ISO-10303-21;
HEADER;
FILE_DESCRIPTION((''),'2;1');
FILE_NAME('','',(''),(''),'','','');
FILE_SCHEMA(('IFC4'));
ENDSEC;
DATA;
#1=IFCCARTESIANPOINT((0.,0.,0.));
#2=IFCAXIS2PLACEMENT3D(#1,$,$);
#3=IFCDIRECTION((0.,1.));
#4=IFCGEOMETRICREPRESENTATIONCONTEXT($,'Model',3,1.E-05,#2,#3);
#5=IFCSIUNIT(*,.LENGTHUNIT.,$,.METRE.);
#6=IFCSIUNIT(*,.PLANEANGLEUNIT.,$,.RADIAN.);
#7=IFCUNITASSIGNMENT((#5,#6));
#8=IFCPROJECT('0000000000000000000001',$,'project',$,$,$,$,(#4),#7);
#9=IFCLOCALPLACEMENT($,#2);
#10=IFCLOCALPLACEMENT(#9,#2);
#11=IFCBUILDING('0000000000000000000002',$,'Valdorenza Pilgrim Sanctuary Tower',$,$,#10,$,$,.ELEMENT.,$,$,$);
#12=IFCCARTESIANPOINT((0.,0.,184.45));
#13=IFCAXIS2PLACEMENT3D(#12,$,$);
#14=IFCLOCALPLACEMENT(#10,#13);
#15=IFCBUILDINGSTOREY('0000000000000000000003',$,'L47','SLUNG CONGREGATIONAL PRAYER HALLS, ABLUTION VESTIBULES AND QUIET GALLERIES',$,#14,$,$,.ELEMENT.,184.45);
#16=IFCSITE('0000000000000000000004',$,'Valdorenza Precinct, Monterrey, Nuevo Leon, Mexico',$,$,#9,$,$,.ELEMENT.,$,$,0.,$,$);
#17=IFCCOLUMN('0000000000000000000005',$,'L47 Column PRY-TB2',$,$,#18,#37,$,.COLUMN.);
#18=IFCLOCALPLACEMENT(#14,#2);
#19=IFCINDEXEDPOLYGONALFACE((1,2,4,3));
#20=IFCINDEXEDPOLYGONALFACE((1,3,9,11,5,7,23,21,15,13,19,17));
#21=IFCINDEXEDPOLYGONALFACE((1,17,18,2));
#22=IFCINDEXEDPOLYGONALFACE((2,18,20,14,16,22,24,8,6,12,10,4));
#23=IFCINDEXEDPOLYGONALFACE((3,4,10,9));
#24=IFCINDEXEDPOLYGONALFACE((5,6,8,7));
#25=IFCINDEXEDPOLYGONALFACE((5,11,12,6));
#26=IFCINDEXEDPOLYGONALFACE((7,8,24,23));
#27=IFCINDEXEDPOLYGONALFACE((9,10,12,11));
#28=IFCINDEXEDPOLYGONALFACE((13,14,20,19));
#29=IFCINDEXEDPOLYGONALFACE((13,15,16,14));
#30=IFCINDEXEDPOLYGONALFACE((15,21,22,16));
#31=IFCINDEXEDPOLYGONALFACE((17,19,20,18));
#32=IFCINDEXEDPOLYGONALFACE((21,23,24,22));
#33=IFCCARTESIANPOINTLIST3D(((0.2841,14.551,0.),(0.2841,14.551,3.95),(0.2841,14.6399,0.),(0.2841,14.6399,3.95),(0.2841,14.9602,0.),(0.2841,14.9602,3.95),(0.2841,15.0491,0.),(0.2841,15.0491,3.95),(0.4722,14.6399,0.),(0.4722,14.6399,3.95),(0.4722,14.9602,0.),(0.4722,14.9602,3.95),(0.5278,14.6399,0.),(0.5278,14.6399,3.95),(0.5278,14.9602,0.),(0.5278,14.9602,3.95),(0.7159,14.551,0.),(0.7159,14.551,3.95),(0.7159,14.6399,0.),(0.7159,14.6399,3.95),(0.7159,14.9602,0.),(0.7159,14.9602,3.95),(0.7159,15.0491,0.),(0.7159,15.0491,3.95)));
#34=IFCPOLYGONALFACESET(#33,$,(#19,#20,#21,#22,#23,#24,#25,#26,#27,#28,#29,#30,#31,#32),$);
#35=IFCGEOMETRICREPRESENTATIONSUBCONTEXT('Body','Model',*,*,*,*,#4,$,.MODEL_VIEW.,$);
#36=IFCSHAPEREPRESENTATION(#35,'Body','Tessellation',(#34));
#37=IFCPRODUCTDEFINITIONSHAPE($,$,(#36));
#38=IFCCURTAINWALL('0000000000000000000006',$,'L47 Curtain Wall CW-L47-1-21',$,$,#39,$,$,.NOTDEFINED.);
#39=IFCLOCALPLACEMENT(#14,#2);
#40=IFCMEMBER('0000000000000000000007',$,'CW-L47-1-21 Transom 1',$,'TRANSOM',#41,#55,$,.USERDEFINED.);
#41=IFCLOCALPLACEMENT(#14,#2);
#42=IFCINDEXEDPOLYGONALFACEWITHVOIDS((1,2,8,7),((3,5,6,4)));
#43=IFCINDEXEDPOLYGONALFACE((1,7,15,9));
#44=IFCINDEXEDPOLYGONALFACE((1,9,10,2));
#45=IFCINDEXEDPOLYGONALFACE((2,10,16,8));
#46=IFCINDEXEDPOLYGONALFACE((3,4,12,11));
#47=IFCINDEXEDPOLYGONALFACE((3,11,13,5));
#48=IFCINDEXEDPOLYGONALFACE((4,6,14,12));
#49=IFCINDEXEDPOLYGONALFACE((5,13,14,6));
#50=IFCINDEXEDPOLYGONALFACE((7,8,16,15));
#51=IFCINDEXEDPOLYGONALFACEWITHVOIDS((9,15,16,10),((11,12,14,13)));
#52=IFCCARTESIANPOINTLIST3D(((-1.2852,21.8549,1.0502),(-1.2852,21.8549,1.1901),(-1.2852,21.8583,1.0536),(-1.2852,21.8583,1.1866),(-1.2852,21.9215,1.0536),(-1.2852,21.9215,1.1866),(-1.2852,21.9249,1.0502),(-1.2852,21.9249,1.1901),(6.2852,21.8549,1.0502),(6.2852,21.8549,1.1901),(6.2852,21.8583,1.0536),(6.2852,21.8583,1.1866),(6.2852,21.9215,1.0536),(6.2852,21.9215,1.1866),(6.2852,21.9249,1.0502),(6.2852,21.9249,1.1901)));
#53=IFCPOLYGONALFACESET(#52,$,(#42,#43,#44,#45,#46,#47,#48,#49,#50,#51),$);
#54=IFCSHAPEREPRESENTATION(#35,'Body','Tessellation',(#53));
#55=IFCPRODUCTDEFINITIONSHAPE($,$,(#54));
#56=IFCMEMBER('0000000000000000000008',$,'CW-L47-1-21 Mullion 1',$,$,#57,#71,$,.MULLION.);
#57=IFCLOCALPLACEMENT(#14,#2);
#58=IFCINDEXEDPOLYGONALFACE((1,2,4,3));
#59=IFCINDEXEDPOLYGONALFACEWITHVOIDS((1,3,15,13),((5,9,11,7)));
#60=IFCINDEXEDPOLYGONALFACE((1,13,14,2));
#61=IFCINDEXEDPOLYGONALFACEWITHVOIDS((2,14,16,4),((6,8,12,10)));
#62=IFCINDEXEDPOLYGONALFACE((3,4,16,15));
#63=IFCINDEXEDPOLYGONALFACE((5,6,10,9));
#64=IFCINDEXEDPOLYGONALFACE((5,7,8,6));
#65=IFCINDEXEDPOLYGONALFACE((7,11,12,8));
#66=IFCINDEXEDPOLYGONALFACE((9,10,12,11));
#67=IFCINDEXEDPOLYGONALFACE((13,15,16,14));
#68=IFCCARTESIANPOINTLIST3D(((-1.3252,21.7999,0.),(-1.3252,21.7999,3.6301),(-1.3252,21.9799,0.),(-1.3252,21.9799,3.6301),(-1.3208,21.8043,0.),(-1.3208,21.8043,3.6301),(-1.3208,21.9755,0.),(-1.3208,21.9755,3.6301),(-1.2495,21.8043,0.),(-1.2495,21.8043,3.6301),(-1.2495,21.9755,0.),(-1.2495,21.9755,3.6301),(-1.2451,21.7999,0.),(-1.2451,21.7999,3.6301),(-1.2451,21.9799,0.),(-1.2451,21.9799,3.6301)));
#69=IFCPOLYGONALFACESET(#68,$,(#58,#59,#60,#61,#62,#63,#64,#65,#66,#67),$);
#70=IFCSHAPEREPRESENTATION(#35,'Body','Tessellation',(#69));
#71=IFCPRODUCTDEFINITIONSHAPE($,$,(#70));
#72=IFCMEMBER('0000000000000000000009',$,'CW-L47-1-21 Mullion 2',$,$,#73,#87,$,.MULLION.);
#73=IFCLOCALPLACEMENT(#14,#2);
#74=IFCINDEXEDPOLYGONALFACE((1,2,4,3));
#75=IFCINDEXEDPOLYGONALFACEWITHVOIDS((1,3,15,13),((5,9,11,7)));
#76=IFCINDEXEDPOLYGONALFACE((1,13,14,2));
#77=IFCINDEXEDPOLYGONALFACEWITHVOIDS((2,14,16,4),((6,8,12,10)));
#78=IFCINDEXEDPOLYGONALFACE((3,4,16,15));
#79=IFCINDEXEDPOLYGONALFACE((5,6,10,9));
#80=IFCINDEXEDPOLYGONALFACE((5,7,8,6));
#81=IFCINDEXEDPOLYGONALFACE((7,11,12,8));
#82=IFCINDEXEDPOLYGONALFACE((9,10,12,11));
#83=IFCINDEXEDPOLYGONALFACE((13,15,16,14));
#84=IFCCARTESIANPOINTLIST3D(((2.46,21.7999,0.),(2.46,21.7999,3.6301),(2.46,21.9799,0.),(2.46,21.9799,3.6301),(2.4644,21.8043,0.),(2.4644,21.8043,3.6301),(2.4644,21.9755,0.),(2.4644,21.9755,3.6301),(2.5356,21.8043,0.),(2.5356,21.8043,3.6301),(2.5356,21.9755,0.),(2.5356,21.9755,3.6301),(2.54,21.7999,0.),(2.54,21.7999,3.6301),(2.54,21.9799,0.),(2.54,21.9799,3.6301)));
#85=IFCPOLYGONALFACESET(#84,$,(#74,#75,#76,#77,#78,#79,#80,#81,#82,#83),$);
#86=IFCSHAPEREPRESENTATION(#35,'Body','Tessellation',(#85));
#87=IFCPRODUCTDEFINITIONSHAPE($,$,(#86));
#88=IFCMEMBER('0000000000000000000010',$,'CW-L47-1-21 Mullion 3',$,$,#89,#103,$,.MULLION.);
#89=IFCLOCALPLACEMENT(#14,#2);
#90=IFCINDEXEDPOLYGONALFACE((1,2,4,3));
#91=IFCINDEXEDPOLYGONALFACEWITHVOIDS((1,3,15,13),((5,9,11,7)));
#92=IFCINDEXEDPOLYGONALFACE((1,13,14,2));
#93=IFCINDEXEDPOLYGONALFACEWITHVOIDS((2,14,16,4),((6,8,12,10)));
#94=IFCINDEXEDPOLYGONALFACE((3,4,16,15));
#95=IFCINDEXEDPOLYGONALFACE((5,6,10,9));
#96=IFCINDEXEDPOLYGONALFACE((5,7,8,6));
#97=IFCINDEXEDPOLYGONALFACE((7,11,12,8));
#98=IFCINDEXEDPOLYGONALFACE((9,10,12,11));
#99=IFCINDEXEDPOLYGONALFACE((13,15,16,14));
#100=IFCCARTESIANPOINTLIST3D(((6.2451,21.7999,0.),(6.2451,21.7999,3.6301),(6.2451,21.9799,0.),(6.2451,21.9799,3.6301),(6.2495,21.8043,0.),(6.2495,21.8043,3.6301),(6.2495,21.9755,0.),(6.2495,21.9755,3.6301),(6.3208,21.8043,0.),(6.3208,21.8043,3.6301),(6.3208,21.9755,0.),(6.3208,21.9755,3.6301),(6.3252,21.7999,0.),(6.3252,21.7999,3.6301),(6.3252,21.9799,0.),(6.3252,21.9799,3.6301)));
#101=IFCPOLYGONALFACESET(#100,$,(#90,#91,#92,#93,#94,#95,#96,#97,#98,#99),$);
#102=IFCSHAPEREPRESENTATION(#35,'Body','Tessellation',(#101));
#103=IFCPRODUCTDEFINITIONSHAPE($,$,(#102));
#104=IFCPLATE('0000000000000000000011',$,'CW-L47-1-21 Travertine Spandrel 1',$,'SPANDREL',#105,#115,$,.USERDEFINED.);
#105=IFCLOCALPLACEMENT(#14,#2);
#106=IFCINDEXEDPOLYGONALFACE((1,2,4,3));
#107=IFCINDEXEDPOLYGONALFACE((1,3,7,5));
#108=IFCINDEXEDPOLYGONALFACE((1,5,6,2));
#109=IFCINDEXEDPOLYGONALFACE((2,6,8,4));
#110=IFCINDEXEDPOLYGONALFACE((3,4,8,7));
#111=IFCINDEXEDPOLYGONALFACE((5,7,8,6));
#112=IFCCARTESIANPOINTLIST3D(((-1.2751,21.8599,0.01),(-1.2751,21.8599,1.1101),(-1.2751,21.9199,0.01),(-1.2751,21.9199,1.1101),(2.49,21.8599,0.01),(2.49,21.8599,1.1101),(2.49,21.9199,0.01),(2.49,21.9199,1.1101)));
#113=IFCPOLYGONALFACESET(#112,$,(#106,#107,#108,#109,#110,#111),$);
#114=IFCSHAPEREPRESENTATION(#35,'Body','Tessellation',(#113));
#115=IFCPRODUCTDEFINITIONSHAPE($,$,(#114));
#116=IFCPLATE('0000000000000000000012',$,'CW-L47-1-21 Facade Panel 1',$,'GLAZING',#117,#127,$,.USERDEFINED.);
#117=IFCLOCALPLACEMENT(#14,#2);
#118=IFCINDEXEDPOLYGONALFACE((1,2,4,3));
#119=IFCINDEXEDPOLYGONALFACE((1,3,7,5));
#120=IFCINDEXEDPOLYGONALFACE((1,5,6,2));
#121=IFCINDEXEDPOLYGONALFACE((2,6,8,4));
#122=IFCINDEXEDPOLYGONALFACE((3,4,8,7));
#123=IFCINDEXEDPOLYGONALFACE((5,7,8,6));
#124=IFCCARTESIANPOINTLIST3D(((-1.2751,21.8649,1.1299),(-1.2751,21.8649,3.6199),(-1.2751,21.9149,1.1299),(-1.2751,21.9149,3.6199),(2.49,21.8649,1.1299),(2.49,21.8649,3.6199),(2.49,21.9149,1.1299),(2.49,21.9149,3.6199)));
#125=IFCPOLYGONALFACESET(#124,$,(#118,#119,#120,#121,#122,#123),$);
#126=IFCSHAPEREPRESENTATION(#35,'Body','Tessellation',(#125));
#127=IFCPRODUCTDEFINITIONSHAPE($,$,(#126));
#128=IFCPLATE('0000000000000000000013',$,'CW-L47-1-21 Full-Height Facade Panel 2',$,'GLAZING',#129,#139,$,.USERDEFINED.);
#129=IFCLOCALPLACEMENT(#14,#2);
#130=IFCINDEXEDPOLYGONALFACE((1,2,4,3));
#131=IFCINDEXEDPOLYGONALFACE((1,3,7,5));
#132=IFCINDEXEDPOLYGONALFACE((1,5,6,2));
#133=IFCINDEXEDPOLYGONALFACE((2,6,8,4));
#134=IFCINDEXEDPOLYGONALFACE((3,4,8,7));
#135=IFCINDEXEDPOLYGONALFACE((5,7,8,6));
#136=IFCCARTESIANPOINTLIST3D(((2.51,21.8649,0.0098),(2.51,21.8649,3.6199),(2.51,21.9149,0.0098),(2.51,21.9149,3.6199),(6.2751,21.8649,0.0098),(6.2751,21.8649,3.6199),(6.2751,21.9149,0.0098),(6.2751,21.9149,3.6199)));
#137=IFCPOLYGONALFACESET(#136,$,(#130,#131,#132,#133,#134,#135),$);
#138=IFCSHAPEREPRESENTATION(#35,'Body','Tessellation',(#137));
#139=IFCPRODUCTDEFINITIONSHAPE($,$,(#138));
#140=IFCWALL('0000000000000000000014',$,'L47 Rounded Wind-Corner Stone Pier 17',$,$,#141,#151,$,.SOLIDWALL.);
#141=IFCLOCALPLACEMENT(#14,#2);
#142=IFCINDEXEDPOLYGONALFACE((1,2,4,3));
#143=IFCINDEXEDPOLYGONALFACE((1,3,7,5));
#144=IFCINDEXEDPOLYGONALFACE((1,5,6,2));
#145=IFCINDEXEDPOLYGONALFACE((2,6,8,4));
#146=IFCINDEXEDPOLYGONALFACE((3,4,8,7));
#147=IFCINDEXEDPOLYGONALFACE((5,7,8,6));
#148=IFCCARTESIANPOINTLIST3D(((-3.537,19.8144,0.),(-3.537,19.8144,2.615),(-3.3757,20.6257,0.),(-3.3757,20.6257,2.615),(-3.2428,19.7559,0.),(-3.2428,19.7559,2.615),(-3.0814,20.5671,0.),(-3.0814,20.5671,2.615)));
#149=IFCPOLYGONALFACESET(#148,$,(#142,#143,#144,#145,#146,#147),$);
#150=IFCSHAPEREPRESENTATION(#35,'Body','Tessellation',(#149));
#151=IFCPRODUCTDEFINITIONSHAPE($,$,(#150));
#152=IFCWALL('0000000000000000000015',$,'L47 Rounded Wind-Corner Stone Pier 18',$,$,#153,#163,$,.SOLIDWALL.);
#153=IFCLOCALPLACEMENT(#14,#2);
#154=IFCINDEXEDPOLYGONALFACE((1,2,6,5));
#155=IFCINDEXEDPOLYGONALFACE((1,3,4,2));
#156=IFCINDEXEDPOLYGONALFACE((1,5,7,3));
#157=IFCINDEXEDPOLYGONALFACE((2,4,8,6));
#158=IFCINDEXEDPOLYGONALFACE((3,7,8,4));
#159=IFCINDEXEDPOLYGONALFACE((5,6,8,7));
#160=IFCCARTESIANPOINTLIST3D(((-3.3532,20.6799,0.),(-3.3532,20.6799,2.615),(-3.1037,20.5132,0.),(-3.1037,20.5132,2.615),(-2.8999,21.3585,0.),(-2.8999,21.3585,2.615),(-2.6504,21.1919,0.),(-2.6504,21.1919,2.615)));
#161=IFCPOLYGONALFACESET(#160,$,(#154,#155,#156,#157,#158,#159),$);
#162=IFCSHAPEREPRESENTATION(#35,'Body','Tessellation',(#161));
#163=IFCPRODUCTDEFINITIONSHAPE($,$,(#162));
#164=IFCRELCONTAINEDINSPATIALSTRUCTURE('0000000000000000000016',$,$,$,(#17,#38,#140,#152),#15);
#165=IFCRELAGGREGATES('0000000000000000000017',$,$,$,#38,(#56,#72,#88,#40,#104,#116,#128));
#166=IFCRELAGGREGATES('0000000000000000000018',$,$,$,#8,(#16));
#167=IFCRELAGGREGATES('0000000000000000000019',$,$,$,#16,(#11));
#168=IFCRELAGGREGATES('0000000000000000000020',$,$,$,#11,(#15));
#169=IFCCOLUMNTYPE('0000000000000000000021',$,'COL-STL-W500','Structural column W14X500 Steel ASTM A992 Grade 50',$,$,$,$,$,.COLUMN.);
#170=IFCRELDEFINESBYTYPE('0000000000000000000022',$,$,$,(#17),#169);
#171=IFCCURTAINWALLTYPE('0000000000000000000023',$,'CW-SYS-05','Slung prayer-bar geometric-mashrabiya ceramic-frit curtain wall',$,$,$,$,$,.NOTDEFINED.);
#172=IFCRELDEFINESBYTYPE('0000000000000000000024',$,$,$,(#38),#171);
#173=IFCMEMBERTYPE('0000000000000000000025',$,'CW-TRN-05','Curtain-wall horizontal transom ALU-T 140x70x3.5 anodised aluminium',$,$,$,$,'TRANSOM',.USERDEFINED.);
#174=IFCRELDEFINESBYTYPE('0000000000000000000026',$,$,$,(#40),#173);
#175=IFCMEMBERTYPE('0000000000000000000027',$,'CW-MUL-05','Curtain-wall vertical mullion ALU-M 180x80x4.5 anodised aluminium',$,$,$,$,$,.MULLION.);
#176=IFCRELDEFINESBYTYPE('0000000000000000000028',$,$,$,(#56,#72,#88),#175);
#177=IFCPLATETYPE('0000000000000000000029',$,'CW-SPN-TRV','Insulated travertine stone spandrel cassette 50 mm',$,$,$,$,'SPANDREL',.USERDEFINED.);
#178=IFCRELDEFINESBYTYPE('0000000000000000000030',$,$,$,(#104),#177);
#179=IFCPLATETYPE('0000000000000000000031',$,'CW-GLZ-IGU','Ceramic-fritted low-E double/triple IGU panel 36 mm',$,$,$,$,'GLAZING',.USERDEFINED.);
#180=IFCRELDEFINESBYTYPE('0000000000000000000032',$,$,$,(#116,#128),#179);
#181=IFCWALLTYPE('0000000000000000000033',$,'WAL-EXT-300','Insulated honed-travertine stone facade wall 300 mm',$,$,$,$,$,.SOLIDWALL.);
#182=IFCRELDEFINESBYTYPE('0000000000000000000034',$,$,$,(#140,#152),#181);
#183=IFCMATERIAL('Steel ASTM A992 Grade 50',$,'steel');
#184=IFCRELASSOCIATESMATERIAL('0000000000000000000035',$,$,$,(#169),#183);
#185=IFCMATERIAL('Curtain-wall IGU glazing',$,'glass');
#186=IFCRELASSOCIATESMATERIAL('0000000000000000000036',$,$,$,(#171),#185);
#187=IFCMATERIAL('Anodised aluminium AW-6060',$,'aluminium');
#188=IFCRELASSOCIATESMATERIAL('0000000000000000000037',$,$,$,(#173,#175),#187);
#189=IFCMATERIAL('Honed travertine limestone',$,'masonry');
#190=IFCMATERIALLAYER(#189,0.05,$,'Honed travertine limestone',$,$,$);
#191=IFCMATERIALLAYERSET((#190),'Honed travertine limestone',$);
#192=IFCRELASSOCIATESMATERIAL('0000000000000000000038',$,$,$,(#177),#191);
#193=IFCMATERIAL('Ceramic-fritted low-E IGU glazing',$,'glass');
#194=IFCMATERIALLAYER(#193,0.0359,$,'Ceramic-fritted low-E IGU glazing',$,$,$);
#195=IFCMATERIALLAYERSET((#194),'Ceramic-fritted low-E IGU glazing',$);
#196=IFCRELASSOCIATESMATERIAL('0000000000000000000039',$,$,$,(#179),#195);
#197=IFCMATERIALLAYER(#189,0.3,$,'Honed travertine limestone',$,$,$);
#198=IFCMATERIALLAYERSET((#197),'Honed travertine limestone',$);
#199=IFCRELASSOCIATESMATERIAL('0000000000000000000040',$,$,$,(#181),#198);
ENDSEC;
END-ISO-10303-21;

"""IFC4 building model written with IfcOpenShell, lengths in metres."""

from ifc_helpers import new_model, si_unit, direction, frame, frame_2d, origin, origin_2d, place, context, subcontext, project, spatial, rectangle, hollow_rectangle, i_section, extrude, source, transform, mapped, material, layer, layer_set, material_profile, profile_set, type_object, element, aggregate, save


model = new_model("IFC4")

# Units and contexts
model_context = context("Model", 3, precision=1e-05, world=origin(), true_north=direction((0.0, 1.0)))
body_context = subcontext(model_context, "Body", "Model", "MODEL_VIEW")
ifc_project = project(units=[si_unit("LENGTHUNIT", "METRE"), si_unit("PLANEANGLEUNIT", "RADIAN")], contexts=[model_context])

# Site, building, storey
site_placement = place(None, origin())
site = spatial("IfcSite", under=ifc_project, at=site_placement, Name="Valdorenza Precinct, Monterrey, Nuevo Leon, Mexico", CompositionType="ELEMENT", RefElevation=0.0)
building_placement = place(site_placement, origin())
building = spatial("IfcBuilding", under=site, at=building_placement, Name="Valdorenza Pilgrim Sanctuary Tower", CompositionType="ELEMENT")
storey_placement = place(building_placement, frame((0.0, 0.0, 184.45)))
storey = spatial("IfcBuildingStorey", under=building, at=storey_placement, Name="L47", Description="SLUNG CONGREGATIONAL PRAYER HALLS, ABLUTION VESTIBULES AND QUIET GALLERIES", CompositionType="ELEMENT", Elevation=184.45)

# Column
ifc_material_1 = material(Name="Steel ASTM A992 Grade 50", Category="steel")
ifc_material_profile_1 = material_profile(ifc_material_1, i_section(OverallWidth=0.4319, OverallDepth=0.498, WebThickness=0.0557, FlangeThickness=0.0889, at=origin_2d()), Name="W14X500")
ifc_profile_set_1 = profile_set([ifc_material_profile_1], Name="Steel ASTM A992 Grade 50")
column_type = type_object("IfcColumnType", Name="COL-STL-W500", Description="Structural column W14X500 Steel ASTM A992 Grade 50", PredefinedType="COLUMN", material=ifc_profile_set_1)
shared_shape_1 = source(origin(), body_context, "Body", "SweptSolid", [
    extrude(i_section(OverallWidth=0.4319, OverallDepth=0.498, WebThickness=0.0557, FlangeThickness=0.0889, at=origin_2d()), origin(), (0.0, 0.0, 1.0), 3.95),
])
column_placement = place(storey_placement, frame((0.5, 14.8, 0.0), z_axis=(0.0, 0.0, 1.0), x_axis=(1.0, 0.0, 0.0)))
element("IfcColumn", 1, at=column_placement, inside=storey, type_object=column_type, Name="L47 Column PRY-TB2", PredefinedType="COLUMN", context=body_context, shape_type="MappedRepresentation", body=[
    mapped(shared_shape_1, transform((0.0, 0.0, 0.0), x_axis=(1.0, 0.0, 0.0), y_axis=(0.0, 1.0, 0.0), z_axis=(0.0, 0.0, 1.0), scale=1.0)),
])

# Curtain wall, members, plates
ifc_material_2 = material(Name="Curtain-wall IGU glazing", Category="glass")
curtain_wall_type = type_object("IfcCurtainWallType", Name="CW-SYS-05", Description="Slung prayer-bar geometric-mashrabiya ceramic-frit curtain wall", PredefinedType="NOTDEFINED", material=ifc_material_2)
curtain_wall_placement = place(storey_placement, origin())
curtain_wall = element("IfcCurtainWall", 2, at=curtain_wall_placement, inside=storey, type_object=curtain_wall_type, Name="L47 Curtain Wall CW-L47-1-21", PredefinedType="NOTDEFINED")
ifc_material_3 = material(Name="Anodised aluminium AW-6060", Category="aluminium")
ifc_material_profile_2 = material_profile(ifc_material_3, hollow_rectangle(XDim=0.0701, YDim=0.1399, WallThickness=0.0034, at=origin_2d()), Name="ALU-T 140x70x3.5")
ifc_profile_set_2 = profile_set([ifc_material_profile_2], Name="Anodised aluminium AW-6060")
member_type_1 = type_object("IfcMemberType", Name="CW-TRN-05", Description="Curtain-wall horizontal transom ALU-T 140x70x3.5 anodised aluminium", ElementType="TRANSOM", PredefinedType="USERDEFINED", material=ifc_profile_set_2)
shared_shape_2 = source(origin(), body_context, "Body", "SweptSolid", [
    extrude(hollow_rectangle(XDim=0.0701, YDim=0.1399, WallThickness=0.0034, at=origin_2d()), origin(), (0.0, 0.0, 1.0), 7.5703),
])
member_1_placement = place(storey_placement, frame((-1.2852, 21.8899, 1.1201), z_axis=(1.0, 0.0, 0.0), x_axis=(0.0, 1.0, 0.0)))
member_1 = element("IfcMember", 3, at=member_1_placement, type_object=member_type_1, Name="CW-L47-1-21 Transom 1", ObjectType="TRANSOM", PredefinedType="USERDEFINED", context=body_context, shape_type="MappedRepresentation", body=[
    mapped(shared_shape_2, transform((0.0, 0.0, 0.0), x_axis=(1.0, 0.0, 0.0), y_axis=(0.0, 1.0, 0.0), z_axis=(0.0, 0.0, 1.0), scale=1.0)),
])
ifc_material_profile_3 = material_profile(ifc_material_3, hollow_rectangle(XDim=0.0801, YDim=0.1799, WallThickness=0.0044, at=origin_2d()), Name="ALU-M 180x80x4.5")
ifc_profile_set_3 = profile_set([ifc_material_profile_3], Name="Anodised aluminium AW-6060")
member_type_2 = type_object("IfcMemberType", Name="CW-MUL-05", Description="Curtain-wall vertical mullion ALU-M 180x80x4.5 anodised aluminium", PredefinedType="MULLION", material=ifc_profile_set_3)
shared_shape_3 = source(origin(), body_context, "Body", "SweptSolid", [
    extrude(hollow_rectangle(XDim=0.0801, YDim=0.1799, WallThickness=0.0044, at=origin_2d()), origin(), (0.0, 0.0, 1.0), 3.6301),
])
member_2_placement = place(storey_placement, frame((-1.2852, 21.8899, 0.0), z_axis=(0.0, 0.0, 1.0), x_axis=(1.0, 0.0, 0.0)))
member_2 = element("IfcMember", 4, at=member_2_placement, type_object=member_type_2, Name="CW-L47-1-21 Mullion 1", PredefinedType="MULLION", context=body_context, shape_type="MappedRepresentation", body=[
    mapped(shared_shape_3, transform((0.0, 0.0, 0.0), x_axis=(1.0, 0.0, 0.0), y_axis=(0.0, 1.0, 0.0), z_axis=(0.0, 0.0, 1.0), scale=1.0)),
])
member_3_placement = place(storey_placement, frame((2.5, 21.8899, 0.0), z_axis=(0.0, 0.0, 1.0), x_axis=(1.0, 0.0, 0.0)))
member_3 = element("IfcMember", 5, at=member_3_placement, type_object=member_type_2, Name="CW-L47-1-21 Mullion 2", PredefinedType="MULLION", context=body_context, shape_type="MappedRepresentation", body=[
    mapped(shared_shape_3, transform((0.0, 0.0, 0.0), x_axis=(1.0, 0.0, 0.0), y_axis=(0.0, 1.0, 0.0), z_axis=(0.0, 0.0, 1.0), scale=1.0)),
])
member_4_placement = place(storey_placement, frame((6.2852, 21.8899, 0.0), z_axis=(0.0, 0.0, 1.0), x_axis=(1.0, 0.0, 0.0)))
member_4 = element("IfcMember", 6, at=member_4_placement, type_object=member_type_2, Name="CW-L47-1-21 Mullion 3", PredefinedType="MULLION", context=body_context, shape_type="MappedRepresentation", body=[
    mapped(shared_shape_3, transform((0.0, 0.0, 0.0), x_axis=(1.0, 0.0, 0.0), y_axis=(0.0, 1.0, 0.0), z_axis=(0.0, 0.0, 1.0), scale=1.0)),
])
ifc_material_4 = material(Name="Honed travertine limestone", Category="masonry")
ifc_layer_1 = layer(ifc_material_4, 0.05, Name="Honed travertine limestone")
ifc_layer_set_1 = layer_set([ifc_layer_1], Name="Honed travertine limestone")
plate_type_1 = type_object("IfcPlateType", Name="CW-SPN-TRV", Description="Insulated travertine stone spandrel cassette 50 mm", ElementType="SPANDREL", PredefinedType="USERDEFINED", material=ifc_layer_set_1)
shared_shape_4 = source(origin(), body_context, "Body", "SweptSolid", [
    extrude(rectangle(XDim=3.7651, YDim=0.0601, at=origin_2d()), origin(), (0.0, 0.0, 1.0), 1.1001),
])
plate_1_placement = place(storey_placement, frame((0.6074, 21.8899, 0.01), z_axis=(0.0, 0.0, 1.0), x_axis=(1.0, 0.0, 0.0)))
plate_1 = element("IfcPlate", 7, at=plate_1_placement, type_object=plate_type_1, Name="CW-L47-1-21 Travertine Spandrel 1", ObjectType="SPANDREL", PredefinedType="USERDEFINED", context=body_context, shape_type="MappedRepresentation", body=[
    mapped(shared_shape_4, transform((0.0, 0.0, 0.0), x_axis=(1.0, 0.0, 0.0), y_axis=(0.0, 1.0, 0.0), z_axis=(0.0, 0.0, 1.0), scale=1.0)),
])
ifc_material_5 = material(Name="Ceramic-fritted low-E IGU glazing", Category="glass")
ifc_layer_2 = layer(ifc_material_5, 0.0359, Name="Ceramic-fritted low-E IGU glazing")
ifc_layer_set_2 = layer_set([ifc_layer_2], Name="Ceramic-fritted low-E IGU glazing")
plate_type_2 = type_object("IfcPlateType", Name="CW-GLZ-IGU", Description="Ceramic-fritted low-E double/triple IGU panel 36 mm", ElementType="GLAZING", PredefinedType="USERDEFINED", material=ifc_layer_set_2)
shared_shape_5 = source(origin(), body_context, "Body", "SweptSolid", [
    extrude(rectangle(XDim=3.7651, YDim=0.05, at=origin_2d()), origin(), (0.0, 0.0, 1.0), 2.49),
])
plate_2_placement = place(storey_placement, frame((0.6074, 21.8899, 1.1299), z_axis=(0.0, 0.0, 1.0), x_axis=(1.0, 0.0, 0.0)))
plate_2 = element("IfcPlate", 8, at=plate_2_placement, type_object=plate_type_2, Name="CW-L47-1-21 Facade Panel 1", ObjectType="GLAZING", PredefinedType="USERDEFINED", context=body_context, shape_type="MappedRepresentation", body=[
    mapped(shared_shape_5, transform((0.0, 0.0, 0.0), x_axis=(1.0, 0.0, 0.0), y_axis=(0.0, 1.0, 0.0), z_axis=(0.0, 0.0, 1.0), scale=1.0)),
])
shared_shape_6 = source(origin(), body_context, "Body", "SweptSolid", [
    extrude(rectangle(XDim=3.7651, YDim=0.05, at=origin_2d()), origin(), (0.0, 0.0, 1.0), 3.6101),
])
plate_3_placement = place(storey_placement, frame((4.3926, 21.8899, 0.0098), z_axis=(0.0, 0.0, 1.0), x_axis=(1.0, 0.0, 0.0)))
plate_3 = element("IfcPlate", 9, at=plate_3_placement, type_object=plate_type_2, Name="CW-L47-1-21 Full-Height Facade Panel 2", ObjectType="GLAZING", PredefinedType="USERDEFINED", context=body_context, shape_type="MappedRepresentation", body=[
    mapped(shared_shape_6, transform((0.0, 0.0, 0.0), x_axis=(1.0, 0.0, 0.0), y_axis=(0.0, 1.0, 0.0), z_axis=(0.0, 0.0, 1.0), scale=1.0)),
])
aggregate(curtain_wall, [member_2, member_3, member_4, member_1, plate_1, plate_2, plate_3])

# Walls
ifc_layer_3 = layer(ifc_material_4, 0.3, Name="Honed travertine limestone")
ifc_layer_set_3 = layer_set([ifc_layer_3], Name="Honed travertine limestone")
wall_type_1 = type_object("IfcWallType", Name="WAL-EXT-300", Description="Insulated honed-travertine stone facade wall 300 mm", PredefinedType="SOLIDWALL", material=ifc_layer_set_3)
wall_1_placement = place(storey_placement, frame((-3.3899, 19.7852, 0.0), z_axis=(0.0, 0.0, 1.0), x_axis=(0.195094, 0.980784, 0.0)))
element("IfcWall", 10, at=wall_1_placement, inside=storey, type_object=wall_type_1, Name="L47 Rounded Wind-Corner Stone Pier 17", PredefinedType="SOLIDWALL", context=body_context, shape_type="SweptSolid", body=[
    extrude(rectangle(XDim=0.8271, YDim=0.3, at=frame_2d((0.4136, 0.0))), origin(), (0.0, 0.0, 1.0), 2.615),
])
wall_2_placement = place(storey_placement, frame((-3.2285, 20.5964, 0.0), z_axis=(0.0, 0.0, 1.0), x_axis=(0.555459, 0.831544, 0.0)))
element("IfcWall", 11, at=wall_2_placement, inside=storey, type_object=wall_type_1, Name="L47 Rounded Wind-Corner Stone Pier 18", PredefinedType="SOLIDWALL", context=body_context, shape_type="SweptSolid", body=[
    extrude(rectangle(XDim=0.8162, YDim=0.3, at=frame_2d((0.4082, 0.0))), origin(), (0.0, 0.0, 1.0), 2.615),
])

save(model, "model.ifc")
